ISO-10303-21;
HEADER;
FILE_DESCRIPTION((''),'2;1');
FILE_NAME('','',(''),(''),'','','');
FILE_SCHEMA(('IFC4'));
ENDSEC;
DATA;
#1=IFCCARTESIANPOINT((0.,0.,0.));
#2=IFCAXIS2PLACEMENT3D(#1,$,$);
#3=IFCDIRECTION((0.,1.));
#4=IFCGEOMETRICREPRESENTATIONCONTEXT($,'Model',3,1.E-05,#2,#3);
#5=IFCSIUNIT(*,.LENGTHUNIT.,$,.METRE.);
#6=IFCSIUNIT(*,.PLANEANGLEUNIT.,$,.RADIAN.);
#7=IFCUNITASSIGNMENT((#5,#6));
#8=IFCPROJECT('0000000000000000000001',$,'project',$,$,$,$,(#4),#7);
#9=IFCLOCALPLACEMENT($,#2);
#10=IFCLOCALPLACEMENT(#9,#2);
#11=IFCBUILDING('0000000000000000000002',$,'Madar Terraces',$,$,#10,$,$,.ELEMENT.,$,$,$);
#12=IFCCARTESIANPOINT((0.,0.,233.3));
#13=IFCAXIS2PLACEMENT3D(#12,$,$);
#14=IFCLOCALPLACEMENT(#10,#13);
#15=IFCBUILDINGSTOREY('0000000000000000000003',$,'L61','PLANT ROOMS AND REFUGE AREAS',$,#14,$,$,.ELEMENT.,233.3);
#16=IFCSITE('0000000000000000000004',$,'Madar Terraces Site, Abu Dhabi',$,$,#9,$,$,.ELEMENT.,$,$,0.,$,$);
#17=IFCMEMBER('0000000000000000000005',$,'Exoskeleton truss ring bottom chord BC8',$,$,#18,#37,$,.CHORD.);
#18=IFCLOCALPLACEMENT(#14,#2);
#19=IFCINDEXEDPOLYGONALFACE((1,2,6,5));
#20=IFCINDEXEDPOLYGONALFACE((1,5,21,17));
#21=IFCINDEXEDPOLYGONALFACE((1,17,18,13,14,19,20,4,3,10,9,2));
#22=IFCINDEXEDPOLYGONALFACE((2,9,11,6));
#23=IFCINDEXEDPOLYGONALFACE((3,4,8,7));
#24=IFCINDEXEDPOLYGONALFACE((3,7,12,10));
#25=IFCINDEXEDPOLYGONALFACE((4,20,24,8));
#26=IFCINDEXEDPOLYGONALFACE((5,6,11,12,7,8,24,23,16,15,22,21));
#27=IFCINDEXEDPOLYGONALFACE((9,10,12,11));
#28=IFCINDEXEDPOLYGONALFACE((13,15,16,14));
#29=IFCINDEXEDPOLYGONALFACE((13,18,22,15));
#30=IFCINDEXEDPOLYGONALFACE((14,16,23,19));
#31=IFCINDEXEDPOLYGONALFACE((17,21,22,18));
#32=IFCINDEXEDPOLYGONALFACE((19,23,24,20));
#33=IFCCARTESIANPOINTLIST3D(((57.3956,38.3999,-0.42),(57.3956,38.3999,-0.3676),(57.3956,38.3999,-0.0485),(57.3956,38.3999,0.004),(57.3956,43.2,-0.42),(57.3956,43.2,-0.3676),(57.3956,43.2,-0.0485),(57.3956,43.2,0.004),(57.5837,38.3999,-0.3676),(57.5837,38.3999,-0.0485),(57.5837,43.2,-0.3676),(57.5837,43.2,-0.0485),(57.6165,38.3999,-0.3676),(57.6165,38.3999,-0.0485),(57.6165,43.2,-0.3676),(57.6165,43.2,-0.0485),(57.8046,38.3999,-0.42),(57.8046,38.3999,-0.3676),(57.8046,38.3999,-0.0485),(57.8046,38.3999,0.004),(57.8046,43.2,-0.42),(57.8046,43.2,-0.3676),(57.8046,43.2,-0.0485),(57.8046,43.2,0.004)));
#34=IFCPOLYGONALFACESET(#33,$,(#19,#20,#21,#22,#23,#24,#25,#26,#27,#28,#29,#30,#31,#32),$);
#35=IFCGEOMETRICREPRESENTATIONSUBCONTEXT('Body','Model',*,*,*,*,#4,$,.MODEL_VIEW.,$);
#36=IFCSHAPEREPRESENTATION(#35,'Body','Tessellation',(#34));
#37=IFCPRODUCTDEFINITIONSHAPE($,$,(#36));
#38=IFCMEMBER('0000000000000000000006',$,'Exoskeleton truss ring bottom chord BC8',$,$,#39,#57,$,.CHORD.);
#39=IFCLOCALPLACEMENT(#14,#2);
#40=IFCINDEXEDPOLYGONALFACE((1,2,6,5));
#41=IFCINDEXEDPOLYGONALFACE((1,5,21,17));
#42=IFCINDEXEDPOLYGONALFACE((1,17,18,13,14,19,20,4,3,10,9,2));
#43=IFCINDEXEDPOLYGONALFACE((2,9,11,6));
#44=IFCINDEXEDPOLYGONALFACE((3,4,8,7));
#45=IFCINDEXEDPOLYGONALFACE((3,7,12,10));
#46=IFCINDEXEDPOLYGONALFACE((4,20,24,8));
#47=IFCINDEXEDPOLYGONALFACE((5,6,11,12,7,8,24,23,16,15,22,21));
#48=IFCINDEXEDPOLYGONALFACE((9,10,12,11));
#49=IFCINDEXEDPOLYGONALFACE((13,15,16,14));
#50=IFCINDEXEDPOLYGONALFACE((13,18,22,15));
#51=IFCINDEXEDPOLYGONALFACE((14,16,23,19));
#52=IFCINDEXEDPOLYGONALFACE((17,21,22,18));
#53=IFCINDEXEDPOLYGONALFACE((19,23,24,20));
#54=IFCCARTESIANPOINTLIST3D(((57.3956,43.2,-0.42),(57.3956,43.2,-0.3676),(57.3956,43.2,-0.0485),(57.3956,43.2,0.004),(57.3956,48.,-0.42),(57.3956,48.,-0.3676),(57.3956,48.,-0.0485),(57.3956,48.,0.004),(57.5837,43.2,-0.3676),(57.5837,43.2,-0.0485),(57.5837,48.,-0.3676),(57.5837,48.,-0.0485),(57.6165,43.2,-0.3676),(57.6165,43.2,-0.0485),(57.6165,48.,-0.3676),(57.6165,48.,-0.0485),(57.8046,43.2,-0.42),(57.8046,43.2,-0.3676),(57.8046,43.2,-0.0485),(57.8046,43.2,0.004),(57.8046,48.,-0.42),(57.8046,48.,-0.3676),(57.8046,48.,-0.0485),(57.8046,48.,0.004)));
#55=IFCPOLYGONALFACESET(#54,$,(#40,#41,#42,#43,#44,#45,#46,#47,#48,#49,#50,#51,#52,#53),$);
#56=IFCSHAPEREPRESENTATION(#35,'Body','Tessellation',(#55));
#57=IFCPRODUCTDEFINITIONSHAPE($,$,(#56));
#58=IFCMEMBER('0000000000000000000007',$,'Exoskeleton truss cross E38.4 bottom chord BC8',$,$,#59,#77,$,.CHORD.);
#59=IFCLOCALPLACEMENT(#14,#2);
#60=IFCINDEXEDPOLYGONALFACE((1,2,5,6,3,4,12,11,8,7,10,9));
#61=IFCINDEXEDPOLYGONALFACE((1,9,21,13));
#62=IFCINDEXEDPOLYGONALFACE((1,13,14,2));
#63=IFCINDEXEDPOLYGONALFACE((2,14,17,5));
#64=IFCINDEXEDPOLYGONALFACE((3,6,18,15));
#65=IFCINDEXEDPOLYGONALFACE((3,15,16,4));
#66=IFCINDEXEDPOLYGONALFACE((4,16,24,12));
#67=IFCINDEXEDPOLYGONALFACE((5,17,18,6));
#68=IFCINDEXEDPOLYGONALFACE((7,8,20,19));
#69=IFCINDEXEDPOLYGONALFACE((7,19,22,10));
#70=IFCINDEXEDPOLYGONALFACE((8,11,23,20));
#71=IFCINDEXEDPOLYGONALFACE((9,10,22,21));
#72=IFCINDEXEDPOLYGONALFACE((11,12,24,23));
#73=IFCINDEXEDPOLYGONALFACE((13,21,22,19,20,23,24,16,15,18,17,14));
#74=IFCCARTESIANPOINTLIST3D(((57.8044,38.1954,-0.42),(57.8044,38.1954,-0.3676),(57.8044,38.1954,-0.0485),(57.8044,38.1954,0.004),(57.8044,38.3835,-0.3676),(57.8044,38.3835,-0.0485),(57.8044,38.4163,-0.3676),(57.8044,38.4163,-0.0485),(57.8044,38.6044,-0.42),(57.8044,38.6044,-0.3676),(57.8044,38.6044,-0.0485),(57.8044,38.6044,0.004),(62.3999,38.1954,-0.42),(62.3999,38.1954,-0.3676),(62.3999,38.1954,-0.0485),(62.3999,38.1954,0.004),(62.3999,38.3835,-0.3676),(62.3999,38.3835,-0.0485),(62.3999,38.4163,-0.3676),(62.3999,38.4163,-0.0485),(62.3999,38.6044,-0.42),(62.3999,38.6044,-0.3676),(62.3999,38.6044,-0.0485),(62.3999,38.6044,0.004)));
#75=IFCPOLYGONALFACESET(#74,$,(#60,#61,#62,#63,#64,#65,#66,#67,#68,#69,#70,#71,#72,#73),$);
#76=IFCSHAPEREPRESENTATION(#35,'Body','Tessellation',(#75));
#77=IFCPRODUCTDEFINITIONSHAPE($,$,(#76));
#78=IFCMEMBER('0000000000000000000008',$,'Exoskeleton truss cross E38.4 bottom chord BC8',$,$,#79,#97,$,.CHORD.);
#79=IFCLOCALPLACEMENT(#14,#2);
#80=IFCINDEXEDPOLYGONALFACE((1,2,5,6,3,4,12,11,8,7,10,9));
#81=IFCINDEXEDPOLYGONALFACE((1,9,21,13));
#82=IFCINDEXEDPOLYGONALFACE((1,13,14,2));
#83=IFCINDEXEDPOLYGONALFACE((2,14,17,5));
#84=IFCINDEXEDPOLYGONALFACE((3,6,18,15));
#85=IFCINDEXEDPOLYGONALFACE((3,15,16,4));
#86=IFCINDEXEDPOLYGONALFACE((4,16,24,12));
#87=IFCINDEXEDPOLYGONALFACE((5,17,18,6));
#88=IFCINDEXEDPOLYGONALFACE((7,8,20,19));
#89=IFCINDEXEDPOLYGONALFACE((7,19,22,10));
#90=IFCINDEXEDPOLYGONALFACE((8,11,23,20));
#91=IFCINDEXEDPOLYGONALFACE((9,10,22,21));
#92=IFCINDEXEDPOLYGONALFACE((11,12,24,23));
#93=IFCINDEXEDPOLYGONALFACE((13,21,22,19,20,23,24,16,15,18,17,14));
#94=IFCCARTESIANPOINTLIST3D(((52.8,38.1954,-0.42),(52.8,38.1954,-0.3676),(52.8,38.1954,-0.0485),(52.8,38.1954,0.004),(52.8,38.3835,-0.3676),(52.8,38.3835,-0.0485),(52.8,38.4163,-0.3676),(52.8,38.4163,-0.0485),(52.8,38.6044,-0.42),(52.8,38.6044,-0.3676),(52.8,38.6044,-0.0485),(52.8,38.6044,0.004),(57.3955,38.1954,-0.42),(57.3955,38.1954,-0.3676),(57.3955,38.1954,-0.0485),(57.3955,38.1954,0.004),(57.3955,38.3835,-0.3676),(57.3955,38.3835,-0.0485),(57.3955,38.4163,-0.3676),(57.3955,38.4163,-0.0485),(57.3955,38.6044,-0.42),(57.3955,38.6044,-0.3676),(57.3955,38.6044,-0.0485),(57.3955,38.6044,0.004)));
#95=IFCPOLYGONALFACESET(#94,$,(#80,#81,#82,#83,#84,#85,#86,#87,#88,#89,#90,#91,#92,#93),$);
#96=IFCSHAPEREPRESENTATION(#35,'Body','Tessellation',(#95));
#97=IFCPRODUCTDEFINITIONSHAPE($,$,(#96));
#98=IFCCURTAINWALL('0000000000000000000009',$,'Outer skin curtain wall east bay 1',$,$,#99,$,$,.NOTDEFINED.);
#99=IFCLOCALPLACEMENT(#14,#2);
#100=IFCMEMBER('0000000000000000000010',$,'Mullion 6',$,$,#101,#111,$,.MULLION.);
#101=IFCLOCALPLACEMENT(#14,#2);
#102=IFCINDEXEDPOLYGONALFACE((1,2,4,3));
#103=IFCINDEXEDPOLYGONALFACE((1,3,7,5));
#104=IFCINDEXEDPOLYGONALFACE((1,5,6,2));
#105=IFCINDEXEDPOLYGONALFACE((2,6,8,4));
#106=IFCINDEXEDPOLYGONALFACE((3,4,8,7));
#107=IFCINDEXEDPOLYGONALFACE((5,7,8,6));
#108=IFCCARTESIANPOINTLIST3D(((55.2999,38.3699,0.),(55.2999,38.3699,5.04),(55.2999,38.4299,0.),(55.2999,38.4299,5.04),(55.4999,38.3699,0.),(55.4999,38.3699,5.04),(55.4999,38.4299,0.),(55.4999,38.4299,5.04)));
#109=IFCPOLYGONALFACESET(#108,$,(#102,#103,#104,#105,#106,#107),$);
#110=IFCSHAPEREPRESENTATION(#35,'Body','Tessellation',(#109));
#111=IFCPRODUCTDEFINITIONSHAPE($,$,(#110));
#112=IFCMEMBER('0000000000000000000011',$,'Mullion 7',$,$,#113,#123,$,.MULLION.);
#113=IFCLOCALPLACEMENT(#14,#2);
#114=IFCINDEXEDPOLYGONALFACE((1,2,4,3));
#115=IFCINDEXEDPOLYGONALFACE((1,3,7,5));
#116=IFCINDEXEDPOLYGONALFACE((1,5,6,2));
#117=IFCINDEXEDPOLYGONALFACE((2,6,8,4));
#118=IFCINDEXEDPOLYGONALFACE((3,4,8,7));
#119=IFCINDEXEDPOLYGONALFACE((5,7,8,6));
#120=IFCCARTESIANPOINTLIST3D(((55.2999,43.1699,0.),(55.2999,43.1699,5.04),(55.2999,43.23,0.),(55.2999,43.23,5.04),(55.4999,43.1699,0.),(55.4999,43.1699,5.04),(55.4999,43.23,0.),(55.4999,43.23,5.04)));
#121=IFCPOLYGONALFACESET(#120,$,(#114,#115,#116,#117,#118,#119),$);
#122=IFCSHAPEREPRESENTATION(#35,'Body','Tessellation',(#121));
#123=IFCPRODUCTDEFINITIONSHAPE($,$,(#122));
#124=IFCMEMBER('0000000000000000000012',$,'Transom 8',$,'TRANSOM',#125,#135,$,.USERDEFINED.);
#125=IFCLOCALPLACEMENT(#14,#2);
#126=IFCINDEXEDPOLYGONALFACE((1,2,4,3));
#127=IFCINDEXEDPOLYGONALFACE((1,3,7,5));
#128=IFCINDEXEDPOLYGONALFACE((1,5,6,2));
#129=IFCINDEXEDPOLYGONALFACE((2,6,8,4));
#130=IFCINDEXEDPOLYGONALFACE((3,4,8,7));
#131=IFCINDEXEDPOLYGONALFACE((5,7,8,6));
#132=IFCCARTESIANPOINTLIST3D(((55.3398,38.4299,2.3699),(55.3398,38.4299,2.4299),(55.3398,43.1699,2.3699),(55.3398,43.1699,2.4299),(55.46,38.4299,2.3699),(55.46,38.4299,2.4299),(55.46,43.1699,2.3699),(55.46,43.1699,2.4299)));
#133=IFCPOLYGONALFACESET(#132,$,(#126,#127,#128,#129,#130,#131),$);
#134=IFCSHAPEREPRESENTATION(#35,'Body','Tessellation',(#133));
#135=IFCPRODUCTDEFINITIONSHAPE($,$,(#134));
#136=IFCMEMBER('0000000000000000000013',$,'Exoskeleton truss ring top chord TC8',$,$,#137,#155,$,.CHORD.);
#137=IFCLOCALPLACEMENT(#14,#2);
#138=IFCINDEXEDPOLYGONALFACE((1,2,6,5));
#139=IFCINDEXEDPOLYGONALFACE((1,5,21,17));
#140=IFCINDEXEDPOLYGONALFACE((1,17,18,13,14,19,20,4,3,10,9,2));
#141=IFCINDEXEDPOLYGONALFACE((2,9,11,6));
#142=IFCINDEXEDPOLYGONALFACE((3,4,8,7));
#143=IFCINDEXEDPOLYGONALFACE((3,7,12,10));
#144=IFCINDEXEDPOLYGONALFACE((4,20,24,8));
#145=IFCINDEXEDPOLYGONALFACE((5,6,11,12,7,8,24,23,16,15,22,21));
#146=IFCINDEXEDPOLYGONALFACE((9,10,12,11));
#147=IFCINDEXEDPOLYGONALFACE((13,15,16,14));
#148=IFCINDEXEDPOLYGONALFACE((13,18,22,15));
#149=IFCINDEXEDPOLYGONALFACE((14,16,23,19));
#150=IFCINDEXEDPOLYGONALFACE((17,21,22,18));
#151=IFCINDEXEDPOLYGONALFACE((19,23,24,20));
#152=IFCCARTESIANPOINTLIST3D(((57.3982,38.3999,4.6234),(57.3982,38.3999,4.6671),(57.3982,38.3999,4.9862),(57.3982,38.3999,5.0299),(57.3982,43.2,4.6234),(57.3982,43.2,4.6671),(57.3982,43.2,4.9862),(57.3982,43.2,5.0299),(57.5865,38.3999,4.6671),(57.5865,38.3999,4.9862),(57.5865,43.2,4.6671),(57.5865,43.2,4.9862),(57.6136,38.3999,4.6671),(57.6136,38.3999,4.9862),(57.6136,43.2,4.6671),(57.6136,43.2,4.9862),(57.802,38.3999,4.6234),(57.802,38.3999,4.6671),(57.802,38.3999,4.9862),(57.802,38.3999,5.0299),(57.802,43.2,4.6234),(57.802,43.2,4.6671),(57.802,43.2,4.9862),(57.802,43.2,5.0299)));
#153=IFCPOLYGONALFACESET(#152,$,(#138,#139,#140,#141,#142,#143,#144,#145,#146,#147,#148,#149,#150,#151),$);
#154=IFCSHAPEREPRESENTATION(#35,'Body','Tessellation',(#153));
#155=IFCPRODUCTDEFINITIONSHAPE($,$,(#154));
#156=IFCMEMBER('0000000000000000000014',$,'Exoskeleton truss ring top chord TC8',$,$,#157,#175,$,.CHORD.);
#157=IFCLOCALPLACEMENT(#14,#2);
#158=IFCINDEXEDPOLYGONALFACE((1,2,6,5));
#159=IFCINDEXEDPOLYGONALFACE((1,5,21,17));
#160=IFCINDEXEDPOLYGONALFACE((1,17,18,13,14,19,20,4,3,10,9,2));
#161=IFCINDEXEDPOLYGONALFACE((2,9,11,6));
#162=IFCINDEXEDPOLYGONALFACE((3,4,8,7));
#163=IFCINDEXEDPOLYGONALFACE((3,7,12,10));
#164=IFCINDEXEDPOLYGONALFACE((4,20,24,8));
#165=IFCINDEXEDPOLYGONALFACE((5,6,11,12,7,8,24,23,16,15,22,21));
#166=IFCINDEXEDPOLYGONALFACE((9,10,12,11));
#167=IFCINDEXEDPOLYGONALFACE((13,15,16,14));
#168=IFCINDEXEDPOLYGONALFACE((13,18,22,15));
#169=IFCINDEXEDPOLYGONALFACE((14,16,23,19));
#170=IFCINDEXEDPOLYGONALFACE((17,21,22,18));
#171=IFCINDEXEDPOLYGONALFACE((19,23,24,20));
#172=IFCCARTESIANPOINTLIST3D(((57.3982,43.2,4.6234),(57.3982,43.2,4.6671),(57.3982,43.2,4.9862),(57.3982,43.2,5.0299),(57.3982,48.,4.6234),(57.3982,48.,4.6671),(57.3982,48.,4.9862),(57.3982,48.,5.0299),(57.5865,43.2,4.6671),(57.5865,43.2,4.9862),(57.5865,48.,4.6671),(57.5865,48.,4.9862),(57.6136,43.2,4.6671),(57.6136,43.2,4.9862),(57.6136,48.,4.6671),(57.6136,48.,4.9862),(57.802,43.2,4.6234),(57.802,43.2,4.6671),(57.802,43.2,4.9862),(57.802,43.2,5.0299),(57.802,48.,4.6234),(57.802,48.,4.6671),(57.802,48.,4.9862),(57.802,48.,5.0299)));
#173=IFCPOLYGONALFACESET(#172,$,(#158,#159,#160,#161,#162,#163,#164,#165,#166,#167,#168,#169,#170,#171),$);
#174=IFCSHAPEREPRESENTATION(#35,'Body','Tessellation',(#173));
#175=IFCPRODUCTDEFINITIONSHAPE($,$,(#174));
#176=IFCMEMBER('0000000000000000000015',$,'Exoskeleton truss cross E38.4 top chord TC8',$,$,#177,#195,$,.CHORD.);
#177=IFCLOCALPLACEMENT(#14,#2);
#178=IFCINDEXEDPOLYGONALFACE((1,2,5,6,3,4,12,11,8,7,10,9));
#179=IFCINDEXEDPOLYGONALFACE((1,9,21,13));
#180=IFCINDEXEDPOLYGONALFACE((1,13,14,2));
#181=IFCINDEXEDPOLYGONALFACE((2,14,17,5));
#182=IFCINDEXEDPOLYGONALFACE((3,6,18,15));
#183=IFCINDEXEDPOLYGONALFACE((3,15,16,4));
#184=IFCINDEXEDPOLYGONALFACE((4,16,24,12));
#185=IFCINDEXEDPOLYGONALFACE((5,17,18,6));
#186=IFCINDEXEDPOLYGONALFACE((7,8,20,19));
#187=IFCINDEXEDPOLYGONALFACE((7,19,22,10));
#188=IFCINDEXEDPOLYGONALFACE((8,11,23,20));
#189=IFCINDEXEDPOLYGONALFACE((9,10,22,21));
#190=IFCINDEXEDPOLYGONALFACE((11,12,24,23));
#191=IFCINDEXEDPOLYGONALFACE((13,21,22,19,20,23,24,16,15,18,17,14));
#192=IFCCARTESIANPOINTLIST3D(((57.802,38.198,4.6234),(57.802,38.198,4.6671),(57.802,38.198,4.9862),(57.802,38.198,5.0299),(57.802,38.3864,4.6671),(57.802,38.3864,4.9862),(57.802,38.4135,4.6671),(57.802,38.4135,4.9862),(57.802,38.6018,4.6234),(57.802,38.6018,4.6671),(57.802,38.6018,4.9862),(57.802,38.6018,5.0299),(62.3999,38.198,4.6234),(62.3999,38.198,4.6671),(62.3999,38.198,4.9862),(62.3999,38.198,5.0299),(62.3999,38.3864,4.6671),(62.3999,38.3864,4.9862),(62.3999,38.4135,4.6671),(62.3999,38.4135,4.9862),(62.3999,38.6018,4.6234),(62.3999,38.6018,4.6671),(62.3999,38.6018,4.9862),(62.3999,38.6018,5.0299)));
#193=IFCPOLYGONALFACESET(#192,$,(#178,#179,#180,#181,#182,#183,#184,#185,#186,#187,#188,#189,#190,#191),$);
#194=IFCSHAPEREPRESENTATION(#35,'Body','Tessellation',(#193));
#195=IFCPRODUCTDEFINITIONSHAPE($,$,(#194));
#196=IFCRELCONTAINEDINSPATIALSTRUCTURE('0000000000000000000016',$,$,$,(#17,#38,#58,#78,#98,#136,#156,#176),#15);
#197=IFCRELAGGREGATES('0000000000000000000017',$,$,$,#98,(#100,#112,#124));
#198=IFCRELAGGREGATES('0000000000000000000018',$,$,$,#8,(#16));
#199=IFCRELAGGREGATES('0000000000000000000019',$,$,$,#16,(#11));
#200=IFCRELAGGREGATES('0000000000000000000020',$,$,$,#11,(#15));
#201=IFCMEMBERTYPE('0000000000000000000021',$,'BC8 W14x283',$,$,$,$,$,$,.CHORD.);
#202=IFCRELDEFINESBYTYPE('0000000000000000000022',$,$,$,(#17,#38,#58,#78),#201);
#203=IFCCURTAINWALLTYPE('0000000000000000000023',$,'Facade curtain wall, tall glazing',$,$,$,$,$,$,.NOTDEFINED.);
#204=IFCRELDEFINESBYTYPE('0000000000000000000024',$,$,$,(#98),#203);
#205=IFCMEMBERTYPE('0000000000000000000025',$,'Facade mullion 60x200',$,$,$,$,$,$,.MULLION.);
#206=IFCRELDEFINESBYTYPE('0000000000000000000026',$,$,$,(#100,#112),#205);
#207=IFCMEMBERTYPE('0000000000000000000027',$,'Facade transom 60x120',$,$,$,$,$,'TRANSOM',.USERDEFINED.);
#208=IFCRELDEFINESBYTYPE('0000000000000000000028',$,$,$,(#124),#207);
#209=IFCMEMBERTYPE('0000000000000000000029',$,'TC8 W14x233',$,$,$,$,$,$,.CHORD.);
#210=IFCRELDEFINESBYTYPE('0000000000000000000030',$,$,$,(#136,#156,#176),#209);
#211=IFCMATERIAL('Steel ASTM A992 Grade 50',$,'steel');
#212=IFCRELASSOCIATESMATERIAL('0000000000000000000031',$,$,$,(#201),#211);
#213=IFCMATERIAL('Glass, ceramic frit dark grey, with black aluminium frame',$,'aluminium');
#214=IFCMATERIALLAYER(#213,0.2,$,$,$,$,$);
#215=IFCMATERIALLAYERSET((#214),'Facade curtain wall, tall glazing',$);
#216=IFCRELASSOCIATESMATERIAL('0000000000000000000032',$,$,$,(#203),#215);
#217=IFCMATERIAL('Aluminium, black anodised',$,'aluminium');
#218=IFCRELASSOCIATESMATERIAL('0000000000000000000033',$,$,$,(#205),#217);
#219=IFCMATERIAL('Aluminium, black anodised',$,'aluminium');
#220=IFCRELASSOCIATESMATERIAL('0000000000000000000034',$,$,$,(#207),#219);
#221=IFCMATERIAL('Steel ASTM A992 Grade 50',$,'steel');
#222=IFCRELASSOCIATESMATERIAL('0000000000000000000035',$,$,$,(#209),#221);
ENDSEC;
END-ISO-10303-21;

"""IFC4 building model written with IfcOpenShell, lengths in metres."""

from ifc_helpers import new_model, si_unit, direction, frame, origin, origin_2d, place, context, subcontext, project, spatial, rectangle, i_section, extrude, material, layer, layer_set, material_profile, profile_set, type_object, element, aggregate, save


model = new_model("IFC4")

# Units and contexts
model_context = context("Model", 3, precision=1e-05, world=origin(), true_north=direction((0.0, 1.0)))
body_context = subcontext(model_context, "Body", "Model", "MODEL_VIEW")
ifc_project = project(units=[si_unit("LENGTHUNIT", "METRE"), si_unit("PLANEANGLEUNIT", "RADIAN")], contexts=[model_context])

# Site, building, storey
site_placement = place(None, origin())
site = spatial("IfcSite", under=ifc_project, at=site_placement, Name="Madar Terraces Site, Abu Dhabi", CompositionType="ELEMENT", RefElevation=0.0)
building_placement = place(site_placement, origin())
building = spatial("IfcBuilding", under=site, at=building_placement, Name="Madar Terraces", CompositionType="ELEMENT")
storey_placement = place(building_placement, frame((0.0, 0.0, 233.3)))
storey = spatial("IfcBuildingStorey", under=building, at=storey_placement, Name="L61", Description="PLANT ROOMS AND REFUGE AREAS", CompositionType="ELEMENT", Elevation=233.3)

# Members
ifc_material_1 = material(Name="Steel ASTM A992 Grade 50", Category="steel")
ifc_material_profile_1 = material_profile(ifc_material_1, i_section(OverallWidth=0.4089, OverallDepth=0.4241, WebThickness=0.0327, FlangeThickness=0.0525, at=origin_2d()), Name="W14x283")
ifc_profile_set_1 = profile_set([ifc_material_profile_1], Name="Steel ASTM A992 Grade 50")
member_type_1 = type_object("IfcMemberType", Name="BC8 W14x283", PredefinedType="CHORD", material=ifc_profile_set_1)
for number, where, z_axis, x_axis, name in (
    (1, (57.6001, 38.3999, -0.208), (0.0, 1.0, 0.0), (-1.0, 0.0, 0.0), "Exoskeleton truss ring bottom chord BC8"),
    (2, (57.6001, 43.2, -0.208), (0.0, 1.0, 0.0), (-1.0, 0.0, 0.0), "Exoskeleton truss ring bottom chord BC8"),
):
    element("IfcMember", number, at=place(storey_placement, frame(where, z_axis=z_axis, x_axis=x_axis)), inside=storey, type_object=member_type_1, Name=name, PredefinedType="CHORD", context=body_context, shape_type="SweptSolid", body=[
        extrude(i_section(OverallWidth=0.4089, OverallDepth=0.4241, WebThickness=0.0327, FlangeThickness=0.0525, at=origin_2d()), origin(), (0.0, 0.0, 1.0), 4.8),
    ])
for number, where, z_axis, x_axis, name in (
    (3, (62.3999, 38.3999, -0.208), (-1.0, 0.0, 0.0), (0.0, -1.0, 0.0), "Exoskeleton truss cross E38.4 bottom chord BC8"),
    (4, (57.3955, 38.3999, -0.208), (-1.0, 0.0, 0.0), (0.0, -1.0, 0.0), "Exoskeleton truss cross E38.4 bottom chord BC8"),
):
    element("IfcMember", number, at=place(storey_placement, frame(where, z_axis=z_axis, x_axis=x_axis)), inside=storey, type_object=member_type_1, Name=name, PredefinedType="CHORD", context=body_context, shape_type="SweptSolid", body=[
        extrude(i_section(OverallWidth=0.4089, OverallDepth=0.4241, WebThickness=0.0327, FlangeThickness=0.0525, at=origin_2d()), origin(), (0.0, 0.0, 1.0), 4.5955),
    ])

# Curtain wall, members
ifc_material_2 = material(Name="Glass, ceramic frit dark grey, with black aluminium frame", Category="aluminium")
ifc_layer_1 = layer(ifc_material_2, 0.2)
ifc_layer_set_1 = layer_set([ifc_layer_1], Name="Facade curtain wall, tall glazing")
curtain_wall_type = type_object("IfcCurtainWallType", Name="Facade curtain wall, tall glazing", PredefinedType="NOTDEFINED", material=ifc_layer_set_1)
curtain_wall_placement = place(storey_placement, origin())
curtain_wall = element("IfcCurtainWall", 5, at=curtain_wall_placement, inside=storey, type_object=curtain_wall_type, Name="Outer skin curtain wall east bay 1", PredefinedType="NOTDEFINED")
ifc_material_3 = material(Name="Aluminium, black anodised", Category="aluminium")
ifc_material_profile_2 = material_profile(ifc_material_3, rectangle(XDim=0.2, YDim=0.0601, at=origin_2d()), Name="Facade mullion 60x200")
ifc_profile_set_2 = profile_set([ifc_material_profile_2], Name="Aluminium, black anodised")
member_type_2 = type_object("IfcMemberType", Name="Facade mullion 60x200", PredefinedType="MULLION", material=ifc_profile_set_2)
member_1_placement = place(storey_placement, frame((55.3999, 38.3999, 0.0), z_axis=(0.0, 0.0, 1.0), x_axis=(-1.0, 0.0, 0.0)))
member_1 = element("IfcMember", 6, at=member_1_placement, type_object=member_type_2, Name="Mullion 6", PredefinedType="MULLION", context=body_context, shape_type="SweptSolid", body=[
    extrude(rectangle(XDim=0.2, YDim=0.0601, at=origin_2d()), origin(), (0.0, 0.0, 1.0), 5.04),
])
member_2_placement = place(storey_placement, frame((55.3999, 43.2, 0.0), z_axis=(0.0, 0.0, 1.0), x_axis=(-1.0, 0.0, 0.0)))
member_2 = element("IfcMember", 7, at=member_2_placement, type_object=member_type_2, Name="Mullion 7", PredefinedType="MULLION", context=body_context, shape_type="SweptSolid", body=[
    extrude(rectangle(XDim=0.2, YDim=0.0601, at=origin_2d()), origin(), (0.0, 0.0, 1.0), 5.04),
])
ifc_material_4 = material(Name="Aluminium, black anodised", Category="aluminium")
ifc_material_profile_3 = material_profile(ifc_material_4, rectangle(XDim=0.1201, YDim=0.0601, at=origin_2d()), Name="Facade transom 60x120")
ifc_profile_set_3 = profile_set([ifc_material_profile_3], Name="Aluminium, black anodised")
member_type_3 = type_object("IfcMemberType", Name="Facade transom 60x120", ElementType="TRANSOM", PredefinedType="USERDEFINED", material=ifc_profile_set_3)
member_3_placement = place(storey_placement, frame((55.3999, 38.4299, 2.3999), z_axis=(0.0, 1.0, 0.0), x_axis=(-1.0, 0.0, 0.0)))
member_3 = element("IfcMember", 8, at=member_3_placement, type_object=member_type_3, Name="Transom 8", ObjectType="TRANSOM", PredefinedType="USERDEFINED", context=body_context, shape_type="SweptSolid", body=[
    extrude(rectangle(XDim=0.1201, YDim=0.0601, at=origin_2d()), origin(), (0.0, 0.0, 1.0), 4.74),
])

# Members
ifc_material_5 = material(Name="Steel ASTM A992 Grade 50", Category="steel")
ifc_material_profile_4 = material_profile(ifc_material_5, i_section(OverallWidth=0.4038, OverallDepth=0.4065, WebThickness=0.0271, FlangeThickness=0.0437, at=origin_2d()), Name="W14x233")
ifc_profile_set_4 = profile_set([ifc_material_profile_4], Name="Steel ASTM A992 Grade 50")
member_type_4 = type_object("IfcMemberType", Name="TC8 W14x233", PredefinedType="CHORD", material=ifc_profile_set_4)
for number, where, z_axis, x_axis, name in (
    (9, (57.6001, 38.3999, 4.8267), (0.0, 1.0, 0.0), (-1.0, 0.0, 0.0), "Exoskeleton truss ring top chord TC8"),
    (10, (57.6001, 43.2, 4.8267), (0.0, 1.0, 0.0), (-1.0, 0.0, 0.0), "Exoskeleton truss ring top chord TC8"),
):
    element("IfcMember", number, at=place(storey_placement, frame(where, z_axis=z_axis, x_axis=x_axis)), inside=storey, type_object=member_type_4, Name=name, PredefinedType="CHORD", context=body_context, shape_type="SweptSolid", body=[
        extrude(i_section(OverallWidth=0.4038, OverallDepth=0.4065, WebThickness=0.0271, FlangeThickness=0.0437, at=origin_2d()), origin(), (0.0, 0.0, 1.0), 4.8),
    ])
for number, where, z_axis, x_axis, name in (
    (11, (62.3999, 38.3999, 4.8267), (-1.0, 0.0, 0.0), (0.0, -1.0, 0.0), "Exoskeleton truss cross E38.4 top chord TC8"),
):
    element("IfcMember", number, at=place(storey_placement, frame(where, z_axis=z_axis, x_axis=x_axis)), inside=storey, type_object=member_type_4, Name=name, PredefinedType="CHORD", context=body_context, shape_type="SweptSolid", body=[
        extrude(i_section(OverallWidth=0.4038, OverallDepth=0.4065, WebThickness=0.0271, FlangeThickness=0.0437, at=origin_2d()), origin(), (0.0, 0.0, 1.0), 4.5979),
    ])

aggregate(curtain_wall, [member_1, member_2, member_3])

save(model, "model.ifc")
